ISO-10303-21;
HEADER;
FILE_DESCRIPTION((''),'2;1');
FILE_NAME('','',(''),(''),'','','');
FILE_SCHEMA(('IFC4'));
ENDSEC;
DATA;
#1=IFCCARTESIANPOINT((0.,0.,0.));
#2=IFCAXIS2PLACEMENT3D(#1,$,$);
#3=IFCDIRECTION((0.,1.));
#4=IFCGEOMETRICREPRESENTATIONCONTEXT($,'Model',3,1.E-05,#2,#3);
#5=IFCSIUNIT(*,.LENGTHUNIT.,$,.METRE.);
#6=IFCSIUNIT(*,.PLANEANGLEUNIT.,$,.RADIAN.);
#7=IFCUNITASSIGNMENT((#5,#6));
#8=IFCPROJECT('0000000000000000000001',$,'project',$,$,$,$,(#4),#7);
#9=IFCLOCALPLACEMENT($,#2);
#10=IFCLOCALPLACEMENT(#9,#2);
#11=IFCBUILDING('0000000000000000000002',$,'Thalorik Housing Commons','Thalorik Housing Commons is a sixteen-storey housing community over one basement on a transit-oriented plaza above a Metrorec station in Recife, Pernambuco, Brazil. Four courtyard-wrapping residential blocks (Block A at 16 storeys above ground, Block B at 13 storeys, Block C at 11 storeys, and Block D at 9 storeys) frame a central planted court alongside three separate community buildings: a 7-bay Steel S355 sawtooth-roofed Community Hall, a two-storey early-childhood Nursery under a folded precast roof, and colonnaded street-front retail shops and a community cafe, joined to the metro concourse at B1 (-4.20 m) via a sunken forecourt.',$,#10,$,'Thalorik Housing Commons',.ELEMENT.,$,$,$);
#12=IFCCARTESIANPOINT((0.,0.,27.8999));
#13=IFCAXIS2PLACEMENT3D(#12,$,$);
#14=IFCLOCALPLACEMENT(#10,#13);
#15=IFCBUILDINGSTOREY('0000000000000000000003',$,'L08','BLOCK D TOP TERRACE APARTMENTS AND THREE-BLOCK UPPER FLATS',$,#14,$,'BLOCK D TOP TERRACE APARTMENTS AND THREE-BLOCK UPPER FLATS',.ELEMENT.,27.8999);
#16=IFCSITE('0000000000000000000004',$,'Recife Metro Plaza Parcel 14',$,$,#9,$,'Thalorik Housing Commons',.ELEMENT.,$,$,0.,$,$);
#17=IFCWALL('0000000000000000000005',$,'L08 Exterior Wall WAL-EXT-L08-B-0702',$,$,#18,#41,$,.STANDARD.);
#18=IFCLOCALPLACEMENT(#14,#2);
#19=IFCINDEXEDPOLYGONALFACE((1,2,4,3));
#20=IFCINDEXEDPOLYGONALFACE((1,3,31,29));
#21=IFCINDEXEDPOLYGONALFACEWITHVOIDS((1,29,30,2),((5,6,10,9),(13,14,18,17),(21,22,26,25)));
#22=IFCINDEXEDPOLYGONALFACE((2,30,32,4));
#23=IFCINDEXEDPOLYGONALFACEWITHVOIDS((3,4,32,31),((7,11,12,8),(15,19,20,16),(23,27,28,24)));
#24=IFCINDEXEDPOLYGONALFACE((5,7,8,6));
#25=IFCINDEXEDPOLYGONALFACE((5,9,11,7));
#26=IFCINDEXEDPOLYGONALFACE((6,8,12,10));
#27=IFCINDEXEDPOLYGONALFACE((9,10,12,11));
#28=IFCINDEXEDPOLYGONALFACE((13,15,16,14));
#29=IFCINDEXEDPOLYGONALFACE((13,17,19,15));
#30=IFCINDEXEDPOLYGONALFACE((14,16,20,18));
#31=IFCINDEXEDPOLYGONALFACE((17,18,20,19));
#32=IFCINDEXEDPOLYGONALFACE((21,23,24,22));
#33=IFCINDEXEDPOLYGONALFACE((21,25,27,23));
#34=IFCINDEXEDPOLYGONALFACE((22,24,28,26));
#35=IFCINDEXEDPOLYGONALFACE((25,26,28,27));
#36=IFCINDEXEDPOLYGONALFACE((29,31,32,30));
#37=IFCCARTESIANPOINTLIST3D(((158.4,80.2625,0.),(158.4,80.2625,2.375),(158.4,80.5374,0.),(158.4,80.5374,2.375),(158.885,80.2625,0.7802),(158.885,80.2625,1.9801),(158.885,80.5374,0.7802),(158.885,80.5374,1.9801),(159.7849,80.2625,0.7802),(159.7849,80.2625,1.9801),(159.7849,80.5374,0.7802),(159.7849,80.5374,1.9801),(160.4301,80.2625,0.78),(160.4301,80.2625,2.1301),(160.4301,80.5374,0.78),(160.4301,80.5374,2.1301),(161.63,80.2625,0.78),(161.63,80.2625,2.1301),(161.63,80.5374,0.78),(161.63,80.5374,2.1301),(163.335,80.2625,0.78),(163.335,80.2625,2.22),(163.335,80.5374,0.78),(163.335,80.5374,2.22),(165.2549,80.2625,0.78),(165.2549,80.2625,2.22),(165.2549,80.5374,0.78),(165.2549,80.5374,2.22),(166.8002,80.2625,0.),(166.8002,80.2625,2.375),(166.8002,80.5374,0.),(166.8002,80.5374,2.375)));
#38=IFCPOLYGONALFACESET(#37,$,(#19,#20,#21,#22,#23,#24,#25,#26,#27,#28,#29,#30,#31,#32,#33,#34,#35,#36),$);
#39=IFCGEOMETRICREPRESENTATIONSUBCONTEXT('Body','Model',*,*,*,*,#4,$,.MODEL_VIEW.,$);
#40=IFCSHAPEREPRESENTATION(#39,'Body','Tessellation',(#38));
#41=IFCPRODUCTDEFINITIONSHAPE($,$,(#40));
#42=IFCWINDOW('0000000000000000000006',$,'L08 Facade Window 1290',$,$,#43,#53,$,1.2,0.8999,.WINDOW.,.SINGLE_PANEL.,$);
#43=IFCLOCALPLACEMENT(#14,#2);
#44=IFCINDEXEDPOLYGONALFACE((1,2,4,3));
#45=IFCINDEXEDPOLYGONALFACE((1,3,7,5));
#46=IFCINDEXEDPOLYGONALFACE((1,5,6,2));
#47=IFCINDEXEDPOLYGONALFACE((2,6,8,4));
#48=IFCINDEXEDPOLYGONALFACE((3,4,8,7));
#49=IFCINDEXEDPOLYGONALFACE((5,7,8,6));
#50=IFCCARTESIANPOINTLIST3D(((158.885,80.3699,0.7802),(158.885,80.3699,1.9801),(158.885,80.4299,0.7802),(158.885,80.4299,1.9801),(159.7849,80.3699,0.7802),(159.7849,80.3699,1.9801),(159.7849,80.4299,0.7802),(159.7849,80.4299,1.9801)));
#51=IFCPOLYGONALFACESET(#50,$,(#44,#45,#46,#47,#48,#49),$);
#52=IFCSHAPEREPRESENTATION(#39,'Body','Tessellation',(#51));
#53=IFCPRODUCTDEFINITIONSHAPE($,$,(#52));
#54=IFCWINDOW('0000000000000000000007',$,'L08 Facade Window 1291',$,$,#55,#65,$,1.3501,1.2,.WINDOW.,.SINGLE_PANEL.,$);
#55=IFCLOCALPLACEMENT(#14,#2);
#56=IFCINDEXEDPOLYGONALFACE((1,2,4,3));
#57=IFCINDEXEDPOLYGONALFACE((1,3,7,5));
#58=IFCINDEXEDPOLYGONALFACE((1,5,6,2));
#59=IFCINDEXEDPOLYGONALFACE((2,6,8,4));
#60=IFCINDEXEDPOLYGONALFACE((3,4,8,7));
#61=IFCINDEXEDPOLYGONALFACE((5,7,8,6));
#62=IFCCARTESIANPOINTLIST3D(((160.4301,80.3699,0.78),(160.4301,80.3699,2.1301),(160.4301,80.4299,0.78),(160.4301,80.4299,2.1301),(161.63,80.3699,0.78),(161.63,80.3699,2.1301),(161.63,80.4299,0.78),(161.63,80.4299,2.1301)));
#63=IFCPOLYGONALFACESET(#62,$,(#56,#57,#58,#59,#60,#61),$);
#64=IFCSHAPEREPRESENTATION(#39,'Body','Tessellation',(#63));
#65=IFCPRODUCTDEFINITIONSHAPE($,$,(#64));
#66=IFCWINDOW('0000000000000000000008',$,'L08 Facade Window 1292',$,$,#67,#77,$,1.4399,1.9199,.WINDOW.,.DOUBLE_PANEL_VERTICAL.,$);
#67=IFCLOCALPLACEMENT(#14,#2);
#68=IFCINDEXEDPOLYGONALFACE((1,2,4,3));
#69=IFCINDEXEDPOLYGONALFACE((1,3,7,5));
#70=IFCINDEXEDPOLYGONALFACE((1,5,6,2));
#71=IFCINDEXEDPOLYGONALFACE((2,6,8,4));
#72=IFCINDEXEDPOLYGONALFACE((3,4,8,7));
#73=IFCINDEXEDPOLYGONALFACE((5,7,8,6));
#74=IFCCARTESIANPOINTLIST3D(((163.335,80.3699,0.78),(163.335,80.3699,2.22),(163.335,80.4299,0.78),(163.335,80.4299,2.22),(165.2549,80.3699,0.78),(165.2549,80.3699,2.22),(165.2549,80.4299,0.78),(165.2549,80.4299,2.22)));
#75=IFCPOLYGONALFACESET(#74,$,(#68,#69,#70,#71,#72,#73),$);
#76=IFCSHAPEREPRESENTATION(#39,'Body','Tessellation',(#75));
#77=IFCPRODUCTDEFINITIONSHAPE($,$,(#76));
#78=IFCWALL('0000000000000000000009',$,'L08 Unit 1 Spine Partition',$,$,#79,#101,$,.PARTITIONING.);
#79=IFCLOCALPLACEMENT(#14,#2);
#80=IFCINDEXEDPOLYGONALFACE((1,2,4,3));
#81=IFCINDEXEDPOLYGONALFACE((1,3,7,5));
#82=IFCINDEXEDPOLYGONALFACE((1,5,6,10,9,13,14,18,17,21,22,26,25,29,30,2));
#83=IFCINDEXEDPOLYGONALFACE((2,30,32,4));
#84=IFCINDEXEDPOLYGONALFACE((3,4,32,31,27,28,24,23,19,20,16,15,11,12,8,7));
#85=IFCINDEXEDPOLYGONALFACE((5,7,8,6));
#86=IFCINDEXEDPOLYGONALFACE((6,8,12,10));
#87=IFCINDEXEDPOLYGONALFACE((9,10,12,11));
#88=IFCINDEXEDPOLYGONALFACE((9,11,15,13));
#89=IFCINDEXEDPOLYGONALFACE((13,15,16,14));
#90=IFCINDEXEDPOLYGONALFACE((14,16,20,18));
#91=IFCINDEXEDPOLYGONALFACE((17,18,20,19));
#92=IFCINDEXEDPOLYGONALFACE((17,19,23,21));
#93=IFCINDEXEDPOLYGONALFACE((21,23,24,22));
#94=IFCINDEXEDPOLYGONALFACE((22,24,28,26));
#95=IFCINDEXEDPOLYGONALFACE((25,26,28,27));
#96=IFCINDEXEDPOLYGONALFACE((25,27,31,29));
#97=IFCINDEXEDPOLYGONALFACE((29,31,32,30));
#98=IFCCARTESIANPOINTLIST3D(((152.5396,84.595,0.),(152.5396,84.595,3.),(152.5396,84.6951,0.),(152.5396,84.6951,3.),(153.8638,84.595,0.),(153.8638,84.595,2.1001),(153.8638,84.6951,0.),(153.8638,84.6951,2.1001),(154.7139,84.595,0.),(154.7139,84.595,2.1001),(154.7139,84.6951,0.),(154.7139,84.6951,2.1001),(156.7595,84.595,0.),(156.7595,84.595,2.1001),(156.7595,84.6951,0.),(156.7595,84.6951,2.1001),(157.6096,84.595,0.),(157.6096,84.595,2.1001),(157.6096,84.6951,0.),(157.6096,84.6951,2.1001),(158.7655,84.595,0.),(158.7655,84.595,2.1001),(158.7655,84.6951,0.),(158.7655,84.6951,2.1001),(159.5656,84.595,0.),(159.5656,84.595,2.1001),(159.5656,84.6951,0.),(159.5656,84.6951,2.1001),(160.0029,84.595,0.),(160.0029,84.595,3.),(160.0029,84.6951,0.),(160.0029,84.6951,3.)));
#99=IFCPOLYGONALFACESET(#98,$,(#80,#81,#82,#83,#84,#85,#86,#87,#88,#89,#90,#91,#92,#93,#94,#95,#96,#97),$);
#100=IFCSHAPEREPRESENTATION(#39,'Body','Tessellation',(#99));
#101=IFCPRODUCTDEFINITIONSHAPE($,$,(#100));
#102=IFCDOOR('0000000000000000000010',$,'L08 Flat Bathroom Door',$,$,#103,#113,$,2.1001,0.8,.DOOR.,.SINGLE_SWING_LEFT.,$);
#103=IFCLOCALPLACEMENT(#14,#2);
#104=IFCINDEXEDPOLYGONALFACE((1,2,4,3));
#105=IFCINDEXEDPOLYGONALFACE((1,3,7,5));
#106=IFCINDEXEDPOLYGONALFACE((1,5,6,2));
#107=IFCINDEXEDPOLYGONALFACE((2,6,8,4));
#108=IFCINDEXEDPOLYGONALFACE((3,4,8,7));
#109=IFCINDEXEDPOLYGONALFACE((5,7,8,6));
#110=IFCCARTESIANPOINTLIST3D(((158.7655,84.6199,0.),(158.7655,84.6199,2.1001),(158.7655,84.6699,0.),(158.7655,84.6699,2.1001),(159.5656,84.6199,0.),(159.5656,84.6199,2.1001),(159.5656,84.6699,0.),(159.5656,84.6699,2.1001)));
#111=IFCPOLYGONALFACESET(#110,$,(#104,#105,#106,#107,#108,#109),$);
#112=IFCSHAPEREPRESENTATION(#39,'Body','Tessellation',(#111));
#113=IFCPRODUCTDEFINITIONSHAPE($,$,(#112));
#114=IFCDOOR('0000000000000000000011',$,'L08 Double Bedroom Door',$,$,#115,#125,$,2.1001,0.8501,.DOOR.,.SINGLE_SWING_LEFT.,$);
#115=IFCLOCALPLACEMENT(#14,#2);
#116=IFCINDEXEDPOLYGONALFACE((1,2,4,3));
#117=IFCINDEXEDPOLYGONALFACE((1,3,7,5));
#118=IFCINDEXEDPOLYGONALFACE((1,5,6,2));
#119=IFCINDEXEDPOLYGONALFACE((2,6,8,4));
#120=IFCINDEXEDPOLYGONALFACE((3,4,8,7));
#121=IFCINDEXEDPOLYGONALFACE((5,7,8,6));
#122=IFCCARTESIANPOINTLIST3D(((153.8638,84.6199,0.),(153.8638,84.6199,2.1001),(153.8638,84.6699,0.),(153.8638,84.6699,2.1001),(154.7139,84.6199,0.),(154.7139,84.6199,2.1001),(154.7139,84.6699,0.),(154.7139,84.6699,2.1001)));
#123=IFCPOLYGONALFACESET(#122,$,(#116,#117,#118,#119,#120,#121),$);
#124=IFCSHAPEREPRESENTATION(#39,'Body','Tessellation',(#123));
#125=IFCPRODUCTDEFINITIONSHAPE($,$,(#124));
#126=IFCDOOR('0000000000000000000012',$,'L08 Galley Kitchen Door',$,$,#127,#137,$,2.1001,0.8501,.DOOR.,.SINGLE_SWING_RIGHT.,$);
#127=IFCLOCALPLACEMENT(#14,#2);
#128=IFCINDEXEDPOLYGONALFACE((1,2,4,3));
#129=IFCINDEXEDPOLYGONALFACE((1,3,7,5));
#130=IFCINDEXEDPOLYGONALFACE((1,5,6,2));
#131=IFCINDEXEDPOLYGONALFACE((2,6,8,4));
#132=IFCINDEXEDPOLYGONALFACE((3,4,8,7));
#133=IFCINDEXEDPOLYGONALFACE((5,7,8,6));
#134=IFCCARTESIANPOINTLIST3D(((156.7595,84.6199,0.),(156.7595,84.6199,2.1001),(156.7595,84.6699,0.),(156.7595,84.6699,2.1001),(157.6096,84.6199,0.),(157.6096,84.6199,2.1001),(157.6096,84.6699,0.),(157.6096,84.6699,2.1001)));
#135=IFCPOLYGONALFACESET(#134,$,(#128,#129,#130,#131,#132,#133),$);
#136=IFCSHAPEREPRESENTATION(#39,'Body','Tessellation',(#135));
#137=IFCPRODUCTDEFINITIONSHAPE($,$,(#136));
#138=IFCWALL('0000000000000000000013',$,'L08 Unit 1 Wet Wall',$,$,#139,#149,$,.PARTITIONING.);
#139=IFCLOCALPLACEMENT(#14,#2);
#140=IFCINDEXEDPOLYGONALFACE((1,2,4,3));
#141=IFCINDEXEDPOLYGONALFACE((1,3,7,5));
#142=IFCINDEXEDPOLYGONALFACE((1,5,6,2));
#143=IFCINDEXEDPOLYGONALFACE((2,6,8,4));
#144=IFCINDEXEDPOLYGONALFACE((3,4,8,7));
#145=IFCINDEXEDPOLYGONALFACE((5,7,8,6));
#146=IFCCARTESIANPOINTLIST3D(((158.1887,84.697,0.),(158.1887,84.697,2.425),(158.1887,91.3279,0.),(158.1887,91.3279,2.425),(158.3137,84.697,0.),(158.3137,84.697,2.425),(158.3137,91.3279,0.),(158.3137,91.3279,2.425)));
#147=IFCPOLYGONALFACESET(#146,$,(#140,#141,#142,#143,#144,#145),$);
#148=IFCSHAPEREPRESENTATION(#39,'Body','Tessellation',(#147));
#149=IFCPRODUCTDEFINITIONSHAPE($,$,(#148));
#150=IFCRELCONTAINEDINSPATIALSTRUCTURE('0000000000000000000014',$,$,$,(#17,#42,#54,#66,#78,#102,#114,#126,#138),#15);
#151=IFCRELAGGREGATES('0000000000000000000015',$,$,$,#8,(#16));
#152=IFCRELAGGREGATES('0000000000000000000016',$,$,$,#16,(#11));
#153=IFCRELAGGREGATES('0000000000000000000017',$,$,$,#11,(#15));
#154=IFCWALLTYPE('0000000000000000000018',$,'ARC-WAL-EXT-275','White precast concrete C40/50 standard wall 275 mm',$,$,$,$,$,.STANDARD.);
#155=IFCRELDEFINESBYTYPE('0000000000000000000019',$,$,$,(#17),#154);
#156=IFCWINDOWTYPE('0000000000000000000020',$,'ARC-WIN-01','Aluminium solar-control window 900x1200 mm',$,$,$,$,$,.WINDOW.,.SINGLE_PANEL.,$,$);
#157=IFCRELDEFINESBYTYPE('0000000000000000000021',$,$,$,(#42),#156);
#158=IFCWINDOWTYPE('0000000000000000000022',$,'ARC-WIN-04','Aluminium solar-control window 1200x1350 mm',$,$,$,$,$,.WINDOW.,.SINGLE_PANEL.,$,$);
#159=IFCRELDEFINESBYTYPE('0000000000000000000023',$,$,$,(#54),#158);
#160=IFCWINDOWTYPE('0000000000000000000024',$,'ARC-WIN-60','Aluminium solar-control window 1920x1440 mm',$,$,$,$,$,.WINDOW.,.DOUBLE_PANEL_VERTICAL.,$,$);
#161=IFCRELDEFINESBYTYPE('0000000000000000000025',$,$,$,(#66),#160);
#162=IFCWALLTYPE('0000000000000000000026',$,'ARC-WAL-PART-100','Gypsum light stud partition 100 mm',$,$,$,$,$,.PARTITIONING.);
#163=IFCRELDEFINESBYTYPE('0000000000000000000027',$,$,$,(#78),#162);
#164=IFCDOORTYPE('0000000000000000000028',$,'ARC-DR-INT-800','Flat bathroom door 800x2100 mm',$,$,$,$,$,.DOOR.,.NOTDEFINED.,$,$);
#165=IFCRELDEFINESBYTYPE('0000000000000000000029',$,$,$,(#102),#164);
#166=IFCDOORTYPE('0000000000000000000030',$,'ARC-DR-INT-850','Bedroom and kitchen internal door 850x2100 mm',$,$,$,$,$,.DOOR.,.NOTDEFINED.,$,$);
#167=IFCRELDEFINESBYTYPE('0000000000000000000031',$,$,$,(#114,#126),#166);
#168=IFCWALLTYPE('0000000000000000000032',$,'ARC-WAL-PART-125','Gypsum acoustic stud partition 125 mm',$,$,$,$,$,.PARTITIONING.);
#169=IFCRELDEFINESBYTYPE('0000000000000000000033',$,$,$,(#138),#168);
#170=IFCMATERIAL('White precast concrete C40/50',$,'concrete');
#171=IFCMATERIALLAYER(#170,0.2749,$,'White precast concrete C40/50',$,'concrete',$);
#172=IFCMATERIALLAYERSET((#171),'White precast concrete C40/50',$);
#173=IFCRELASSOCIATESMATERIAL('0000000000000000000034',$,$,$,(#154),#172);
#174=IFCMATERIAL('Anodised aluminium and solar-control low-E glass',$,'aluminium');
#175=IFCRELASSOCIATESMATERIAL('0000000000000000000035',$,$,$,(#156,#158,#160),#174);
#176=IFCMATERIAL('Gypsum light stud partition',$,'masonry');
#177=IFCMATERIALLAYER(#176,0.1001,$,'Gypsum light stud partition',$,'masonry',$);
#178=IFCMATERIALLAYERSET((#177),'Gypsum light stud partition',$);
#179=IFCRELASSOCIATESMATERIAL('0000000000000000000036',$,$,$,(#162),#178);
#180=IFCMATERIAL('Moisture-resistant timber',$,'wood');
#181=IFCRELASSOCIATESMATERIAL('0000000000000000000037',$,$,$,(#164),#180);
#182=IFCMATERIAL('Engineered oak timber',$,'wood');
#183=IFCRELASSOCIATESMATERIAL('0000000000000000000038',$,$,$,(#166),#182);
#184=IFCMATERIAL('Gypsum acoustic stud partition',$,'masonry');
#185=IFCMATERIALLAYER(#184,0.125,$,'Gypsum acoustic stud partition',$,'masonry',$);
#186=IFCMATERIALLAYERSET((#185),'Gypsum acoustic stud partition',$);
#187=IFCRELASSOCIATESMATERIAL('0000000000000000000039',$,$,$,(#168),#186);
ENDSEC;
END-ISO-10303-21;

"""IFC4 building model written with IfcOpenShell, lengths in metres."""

from ifc_helpers import new_model, si_unit, direction, frame, frame_2d, origin, place, context, subcontext, project, spatial, rectangle, extrude, material, layer, layer_set, type_object, element, fill, save


model = new_model("IFC4")

# Units and contexts
model_context = context("Model", 3, precision=1e-05, world=origin(), true_north=direction((0.0, 1.0)))
body_context = subcontext(model_context, "Body", "Model", "MODEL_VIEW")
ifc_project = project(units=[si_unit("LENGTHUNIT", "METRE"), si_unit("PLANEANGLEUNIT", "RADIAN")], contexts=[model_context])

# Site, building, storey
site_placement = place(None, origin())
site = spatial("IfcSite", under=ifc_project, at=site_placement, Name="Recife Metro Plaza Parcel 14", LongName="Thalorik Housing Commons", CompositionType="ELEMENT", RefElevation=0.0)
building_placement = place(site_placement, origin())
building = spatial("IfcBuilding", under=site, at=building_placement, Name="Thalorik Housing Commons", Description="Thalorik Housing Commons is a sixteen-storey housing community over one basement on a transit-oriented plaza above a Metrorec station in Recife, Pernambuco, Brazil. Four courtyard-wrapping residential blocks (Block A at 16 storeys above ground, Block B at 13 storeys, Block C at 11 storeys, and Block D at 9 storeys) frame a central planted court alongside three separate community buildings: a 7-bay Steel S355 sawtooth-roofed Community Hall, a two-storey early-childhood Nursery under a folded precast roof, and colonnaded street-front retail shops and a community cafe, joined to the metro concourse at B1 (-4.20 m) via a sunken forecourt.", LongName="Thalorik Housing Commons", CompositionType="ELEMENT")
storey_placement = place(building_placement, frame((0.0, 0.0, 27.8999)))
storey = spatial("IfcBuildingStorey", under=building, at=storey_placement, Name="L08", Description="BLOCK D TOP TERRACE APARTMENTS AND THREE-BLOCK UPPER FLATS", LongName="BLOCK D TOP TERRACE APARTMENTS AND THREE-BLOCK UPPER FLATS", CompositionType="ELEMENT", Elevation=27.8999)

# Wall, openings, windows
ifc_material_1 = material(Name="White precast concrete C40/50", Category="concrete")
ifc_layer_1 = layer(ifc_material_1, 0.2749, Name="White precast concrete C40/50", Category="concrete")
ifc_layer_set_1 = layer_set([ifc_layer_1], Name="White precast concrete C40/50")
wall_type_1 = type_object("IfcWallType", Name="ARC-WAL-EXT-275", Description="White precast concrete C40/50 standard wall 275 mm", PredefinedType="STANDARD", material=ifc_layer_set_1)
ifc_material_2 = material(Name="Anodised aluminium and solar-control low-E glass", Category="aluminium")
wall_1_placement = place(storey_placement, frame((158.3999, 80.3999, 0.0), z_axis=(0.0, 0.0, 1.0), x_axis=(1.0, 0.0, 0.0)))
wall_1 = element("IfcWall", 1, at=wall_1_placement, inside=storey, type_object=wall_type_1, Name="L08 Exterior Wall WAL-EXT-L08-B-0702", PredefinedType="STANDARD", context=body_context, shape_type="SweptSolid", body=[
    extrude(rectangle(XDim=8.4001, YDim=0.2749, at=frame_2d((4.2002, 0.0))), origin(), (0.0, 0.0, 1.0), 2.375),
])
opening_1_placement = place(wall_1_placement, frame((0.4851, 0.0, 0.78)))
opening_1 = element("IfcOpeningElement", 2, at=opening_1_placement, cuts=wall_1, PredefinedType="OPENING", context=body_context, shape_type="SweptSolid", body=[
    extrude(rectangle(XDim=0.8999, YDim=1.2, at=frame_2d((0.45, 0.6001))), frame((0.0, 0.1475, 0.0), z_axis=(0.0, -1.0, 0.0), x_axis=(1.0, 0.0, 0.0)), (0.0, 0.0, 1.0), 0.2949),
])
opening_2_placement = place(wall_1_placement, frame((2.03, 0.0, 0.78)))
opening_2 = element("IfcOpeningElement", 3, at=opening_2_placement, cuts=wall_1, PredefinedType="OPENING", context=body_context, shape_type="SweptSolid", body=[
    extrude(rectangle(XDim=1.2, YDim=1.3501, at=frame_2d((0.6001, 0.675))), frame((0.0, 0.1475, 0.0), z_axis=(0.0, -1.0, 0.0), x_axis=(1.0, 0.0, 0.0)), (0.0, 0.0, 1.0), 0.2949),
])
opening_3_placement = place(wall_1_placement, frame((4.9351, 0.0, 0.78)))
opening_3 = element("IfcOpeningElement", 4, at=opening_3_placement, cuts=wall_1, PredefinedType="OPENING", context=body_context, shape_type="SweptSolid", body=[
    extrude(rectangle(XDim=1.9199, YDim=1.4399, at=frame_2d((0.96, 0.72))), frame((0.0, 0.1475, 0.0), z_axis=(0.0, -1.0, 0.0), x_axis=(1.0, 0.0, 0.0)), (0.0, 0.0, 1.0), 0.2949),
])
window_type_1 = type_object("IfcWindowType", Name="ARC-WIN-01", Description="Aluminium solar-control window 900x1200 mm", PartitioningType="SINGLE_PANEL", PredefinedType="WINDOW", material=ifc_material_2)
window_1_placement = place(opening_1_placement, origin())
window_1 = element("IfcWindow", 5, at=window_1_placement, inside=storey, type_object=window_type_1, Name="L08 Facade Window 1290", OverallHeight=1.2, OverallWidth=0.8999, PartitioningType="SINGLE_PANEL", PredefinedType="WINDOW", context=body_context, shape_type="SweptSolid", body=[
    extrude(rectangle(XDim=0.8999, YDim=1.2, at=frame_2d((0.45, 0.6001))), frame((0.0, 0.03, 0.0), z_axis=(0.0, -1.0, 0.0), x_axis=(1.0, 0.0, 0.0)), (0.0, 0.0, 1.0), 0.0601),
])
fill(opening_1, window_1)
window_type_2 = type_object("IfcWindowType", Name="ARC-WIN-04", Description="Aluminium solar-control window 1200x1350 mm", PartitioningType="SINGLE_PANEL", PredefinedType="WINDOW", material=ifc_material_2)
window_2_placement = place(opening_2_placement, origin())
window_2 = element("IfcWindow", 6, at=window_2_placement, inside=storey, type_object=window_type_2, Name="L08 Facade Window 1291", OverallHeight=1.3501, OverallWidth=1.2, PartitioningType="SINGLE_PANEL", PredefinedType="WINDOW", context=body_context, shape_type="SweptSolid", body=[
    extrude(rectangle(XDim=1.2, YDim=1.3501, at=frame_2d((0.6001, 0.675))), frame((0.0, 0.03, 0.0), z_axis=(0.0, -1.0, 0.0), x_axis=(1.0, 0.0, 0.0)), (0.0, 0.0, 1.0), 0.0601),
])
fill(opening_2, window_2)
window_type_3 = type_object("IfcWindowType", Name="ARC-WIN-60", Description="Aluminium solar-control window 1920x1440 mm", PartitioningType="DOUBLE_PANEL_VERTICAL", PredefinedType="WINDOW", material=ifc_material_2)
window_3_placement = place(opening_3_placement, origin())
window_3 = element("IfcWindow", 7, at=window_3_placement, inside=storey, type_object=window_type_3, Name="L08 Facade Window 1292", OverallHeight=1.4399, OverallWidth=1.9199, PartitioningType="DOUBLE_PANEL_VERTICAL", PredefinedType="WINDOW", context=body_context, shape_type="SweptSolid", body=[
    extrude(rectangle(XDim=1.9199, YDim=1.4399, at=frame_2d((0.96, 0.72))), frame((0.0, 0.03, 0.0), z_axis=(0.0, -1.0, 0.0), x_axis=(1.0, 0.0, 0.0)), (0.0, 0.0, 1.0), 0.0601),
])
fill(opening_3, window_3)

# Wall, openings, doors
ifc_material_3 = material(Name="Gypsum light stud partition", Category="masonry")
ifc_layer_2 = layer(ifc_material_3, 0.1001, Name="Gypsum light stud partition", Category="masonry")
ifc_layer_set_2 = layer_set([ifc_layer_2], Name="Gypsum light stud partition")
wall_type_2 = type_object("IfcWallType", Name="ARC-WAL-PART-100", Description="Gypsum light stud partition 100 mm", PredefinedType="PARTITIONING", material=ifc_layer_set_2)
wall_2_placement = place(storey_placement, frame((152.5396, 84.645, 0.0), z_axis=(0.0, 0.0, 1.0), x_axis=(1.0, 0.0, 0.0)))
wall_2 = element("IfcWall", 8, at=wall_2_placement, inside=storey, type_object=wall_type_2, Name="L08 Unit 1 Spine Partition", PredefinedType="PARTITIONING", context=body_context, shape_type="SweptSolid", body=[
    extrude(rectangle(XDim=7.4634, YDim=0.1001, at=frame_2d((3.7317, 0.0))), origin(), (0.0, 0.0, 1.0), 3.0),
])
opening_4_placement = place(wall_2_placement, frame((1.3242, 0.0, 0.0)))
opening_4 = element("IfcOpeningElement", 9, at=opening_4_placement, cuts=wall_2, PredefinedType="OPENING", context=body_context, shape_type="SweptSolid", body=[
    extrude(rectangle(XDim=0.8501, YDim=2.1001, at=frame_2d((0.425, 1.05))), frame((0.0, 0.0601, 0.0), z_axis=(0.0, -1.0, 0.0), x_axis=(1.0, 0.0, 0.0)), (0.0, 0.0, 1.0), 0.1201),
])
opening_5_placement = place(wall_2_placement, frame((4.22, 0.0, 0.0)))
opening_5 = element("IfcOpeningElement", 10, at=opening_5_placement, cuts=wall_2, PredefinedType="OPENING", context=body_context, shape_type="SweptSolid", body=[
    extrude(rectangle(XDim=0.8501, YDim=2.1001, at=frame_2d((0.425, 1.05))), frame((0.0, 0.0601, 0.0), z_axis=(0.0, -1.0, 0.0), x_axis=(1.0, 0.0, 0.0)), (0.0, 0.0, 1.0), 0.1201),
])
opening_6_placement = place(wall_2_placement, frame((6.2261, 0.0, 0.0)))
opening_6 = element("IfcOpeningElement", 11, at=opening_6_placement, cuts=wall_2, PredefinedType="OPENING", context=body_context, shape_type="SweptSolid", body=[
    extrude(rectangle(XDim=0.8, YDim=2.1001, at=frame_2d((0.3999, 1.05))), frame((0.0, 0.0601, 0.0), z_axis=(0.0, -1.0, 0.0), x_axis=(1.0, 0.0, 0.0)), (0.0, 0.0, 1.0), 0.1201),
])
ifc_material_4 = material(Name="Moisture-resistant timber", Category="wood")
door_type_1 = type_object("IfcDoorType", Name="ARC-DR-INT-800", Description="Flat bathroom door 800x2100 mm", OperationType="NOTDEFINED", PredefinedType="DOOR", material=ifc_material_4)
door_1_placement = place(opening_6_placement, origin())
door_1 = element("IfcDoor", 12, at=door_1_placement, inside=storey, type_object=door_type_1, Name="L08 Flat Bathroom Door", OperationType="SINGLE_SWING_LEFT", OverallHeight=2.1001, OverallWidth=0.8, PredefinedType="DOOR", context=body_context, shape_type="SweptSolid", body=[
    extrude(rectangle(XDim=0.8, YDim=2.1001, at=frame_2d((0.3999, 1.05))), frame((0.0, 0.0249, 0.0), z_axis=(0.0, -1.0, 0.0), x_axis=(1.0, 0.0, 0.0)), (0.0, 0.0, 1.0), 0.05),
])
fill(opening_6, door_1)
ifc_material_5 = material(Name="Engineered oak timber", Category="wood")
door_type_2 = type_object("IfcDoorType", Name="ARC-DR-INT-850", Description="Bedroom and kitchen internal door 850x2100 mm", OperationType="NOTDEFINED", PredefinedType="DOOR", material=ifc_material_5)
door_2_placement = place(opening_4_placement, origin())
door_2 = element("IfcDoor", 13, at=door_2_placement, inside=storey, type_object=door_type_2, Name="L08 Double Bedroom Door", OperationType="SINGLE_SWING_LEFT", OverallHeight=2.1001, OverallWidth=0.8501, PredefinedType="DOOR", context=body_context, shape_type="SweptSolid", body=[
    extrude(rectangle(XDim=0.8501, YDim=2.1001, at=frame_2d((0.425, 1.05))), frame((0.0, 0.0249, 0.0), z_axis=(0.0, -1.0, 0.0), x_axis=(1.0, 0.0, 0.0)), (0.0, 0.0, 1.0), 0.05),
])
fill(opening_4, door_2)
door_3_placement = place(opening_5_placement, origin())
door_3 = element("IfcDoor", 14, at=door_3_placement, inside=storey, type_object=door_type_2, Name="L08 Galley Kitchen Door", OperationType="SINGLE_SWING_RIGHT", OverallHeight=2.1001, OverallWidth=0.8501, PredefinedType="DOOR", context=body_context, shape_type="SweptSolid", body=[
    extrude(rectangle(XDim=0.8501, YDim=2.1001, at=frame_2d((0.425, 1.05))), frame((0.0, 0.0249, 0.0), z_axis=(0.0, -1.0, 0.0), x_axis=(1.0, 0.0, 0.0)), (0.0, 0.0, 1.0), 0.05),
])
fill(opening_5, door_3)

# Wall
ifc_material_6 = material(Name="Gypsum acoustic stud partition", Category="masonry")
ifc_layer_3 = layer(ifc_material_6, 0.125, Name="Gypsum acoustic stud partition", Category="masonry")
ifc_layer_set_3 = layer_set([ifc_layer_3], Name="Gypsum acoustic stud partition")
wall_type_3 = type_object("IfcWallType", Name="ARC-WAL-PART-125", Description="Gypsum acoustic stud partition 125 mm", PredefinedType="PARTITIONING", material=ifc_layer_set_3)
wall_3_placement = place(storey_placement, frame((158.2512, 84.697, 0.0), z_axis=(0.0, 0.0, 1.0), x_axis=(0.0, 1.0, 0.0)))
element("IfcWall", 15, at=wall_3_placement, inside=storey, type_object=wall_type_3, Name="L08 Unit 1 Wet Wall", PredefinedType="PARTITIONING", context=body_context, shape_type="SweptSolid", body=[
    extrude(rectangle(XDim=6.6309, YDim=0.125, at=frame_2d((3.3154, 0.0))), origin(), (0.0, 0.0, 1.0), 2.425),
])

save(model, "model.ifc")
